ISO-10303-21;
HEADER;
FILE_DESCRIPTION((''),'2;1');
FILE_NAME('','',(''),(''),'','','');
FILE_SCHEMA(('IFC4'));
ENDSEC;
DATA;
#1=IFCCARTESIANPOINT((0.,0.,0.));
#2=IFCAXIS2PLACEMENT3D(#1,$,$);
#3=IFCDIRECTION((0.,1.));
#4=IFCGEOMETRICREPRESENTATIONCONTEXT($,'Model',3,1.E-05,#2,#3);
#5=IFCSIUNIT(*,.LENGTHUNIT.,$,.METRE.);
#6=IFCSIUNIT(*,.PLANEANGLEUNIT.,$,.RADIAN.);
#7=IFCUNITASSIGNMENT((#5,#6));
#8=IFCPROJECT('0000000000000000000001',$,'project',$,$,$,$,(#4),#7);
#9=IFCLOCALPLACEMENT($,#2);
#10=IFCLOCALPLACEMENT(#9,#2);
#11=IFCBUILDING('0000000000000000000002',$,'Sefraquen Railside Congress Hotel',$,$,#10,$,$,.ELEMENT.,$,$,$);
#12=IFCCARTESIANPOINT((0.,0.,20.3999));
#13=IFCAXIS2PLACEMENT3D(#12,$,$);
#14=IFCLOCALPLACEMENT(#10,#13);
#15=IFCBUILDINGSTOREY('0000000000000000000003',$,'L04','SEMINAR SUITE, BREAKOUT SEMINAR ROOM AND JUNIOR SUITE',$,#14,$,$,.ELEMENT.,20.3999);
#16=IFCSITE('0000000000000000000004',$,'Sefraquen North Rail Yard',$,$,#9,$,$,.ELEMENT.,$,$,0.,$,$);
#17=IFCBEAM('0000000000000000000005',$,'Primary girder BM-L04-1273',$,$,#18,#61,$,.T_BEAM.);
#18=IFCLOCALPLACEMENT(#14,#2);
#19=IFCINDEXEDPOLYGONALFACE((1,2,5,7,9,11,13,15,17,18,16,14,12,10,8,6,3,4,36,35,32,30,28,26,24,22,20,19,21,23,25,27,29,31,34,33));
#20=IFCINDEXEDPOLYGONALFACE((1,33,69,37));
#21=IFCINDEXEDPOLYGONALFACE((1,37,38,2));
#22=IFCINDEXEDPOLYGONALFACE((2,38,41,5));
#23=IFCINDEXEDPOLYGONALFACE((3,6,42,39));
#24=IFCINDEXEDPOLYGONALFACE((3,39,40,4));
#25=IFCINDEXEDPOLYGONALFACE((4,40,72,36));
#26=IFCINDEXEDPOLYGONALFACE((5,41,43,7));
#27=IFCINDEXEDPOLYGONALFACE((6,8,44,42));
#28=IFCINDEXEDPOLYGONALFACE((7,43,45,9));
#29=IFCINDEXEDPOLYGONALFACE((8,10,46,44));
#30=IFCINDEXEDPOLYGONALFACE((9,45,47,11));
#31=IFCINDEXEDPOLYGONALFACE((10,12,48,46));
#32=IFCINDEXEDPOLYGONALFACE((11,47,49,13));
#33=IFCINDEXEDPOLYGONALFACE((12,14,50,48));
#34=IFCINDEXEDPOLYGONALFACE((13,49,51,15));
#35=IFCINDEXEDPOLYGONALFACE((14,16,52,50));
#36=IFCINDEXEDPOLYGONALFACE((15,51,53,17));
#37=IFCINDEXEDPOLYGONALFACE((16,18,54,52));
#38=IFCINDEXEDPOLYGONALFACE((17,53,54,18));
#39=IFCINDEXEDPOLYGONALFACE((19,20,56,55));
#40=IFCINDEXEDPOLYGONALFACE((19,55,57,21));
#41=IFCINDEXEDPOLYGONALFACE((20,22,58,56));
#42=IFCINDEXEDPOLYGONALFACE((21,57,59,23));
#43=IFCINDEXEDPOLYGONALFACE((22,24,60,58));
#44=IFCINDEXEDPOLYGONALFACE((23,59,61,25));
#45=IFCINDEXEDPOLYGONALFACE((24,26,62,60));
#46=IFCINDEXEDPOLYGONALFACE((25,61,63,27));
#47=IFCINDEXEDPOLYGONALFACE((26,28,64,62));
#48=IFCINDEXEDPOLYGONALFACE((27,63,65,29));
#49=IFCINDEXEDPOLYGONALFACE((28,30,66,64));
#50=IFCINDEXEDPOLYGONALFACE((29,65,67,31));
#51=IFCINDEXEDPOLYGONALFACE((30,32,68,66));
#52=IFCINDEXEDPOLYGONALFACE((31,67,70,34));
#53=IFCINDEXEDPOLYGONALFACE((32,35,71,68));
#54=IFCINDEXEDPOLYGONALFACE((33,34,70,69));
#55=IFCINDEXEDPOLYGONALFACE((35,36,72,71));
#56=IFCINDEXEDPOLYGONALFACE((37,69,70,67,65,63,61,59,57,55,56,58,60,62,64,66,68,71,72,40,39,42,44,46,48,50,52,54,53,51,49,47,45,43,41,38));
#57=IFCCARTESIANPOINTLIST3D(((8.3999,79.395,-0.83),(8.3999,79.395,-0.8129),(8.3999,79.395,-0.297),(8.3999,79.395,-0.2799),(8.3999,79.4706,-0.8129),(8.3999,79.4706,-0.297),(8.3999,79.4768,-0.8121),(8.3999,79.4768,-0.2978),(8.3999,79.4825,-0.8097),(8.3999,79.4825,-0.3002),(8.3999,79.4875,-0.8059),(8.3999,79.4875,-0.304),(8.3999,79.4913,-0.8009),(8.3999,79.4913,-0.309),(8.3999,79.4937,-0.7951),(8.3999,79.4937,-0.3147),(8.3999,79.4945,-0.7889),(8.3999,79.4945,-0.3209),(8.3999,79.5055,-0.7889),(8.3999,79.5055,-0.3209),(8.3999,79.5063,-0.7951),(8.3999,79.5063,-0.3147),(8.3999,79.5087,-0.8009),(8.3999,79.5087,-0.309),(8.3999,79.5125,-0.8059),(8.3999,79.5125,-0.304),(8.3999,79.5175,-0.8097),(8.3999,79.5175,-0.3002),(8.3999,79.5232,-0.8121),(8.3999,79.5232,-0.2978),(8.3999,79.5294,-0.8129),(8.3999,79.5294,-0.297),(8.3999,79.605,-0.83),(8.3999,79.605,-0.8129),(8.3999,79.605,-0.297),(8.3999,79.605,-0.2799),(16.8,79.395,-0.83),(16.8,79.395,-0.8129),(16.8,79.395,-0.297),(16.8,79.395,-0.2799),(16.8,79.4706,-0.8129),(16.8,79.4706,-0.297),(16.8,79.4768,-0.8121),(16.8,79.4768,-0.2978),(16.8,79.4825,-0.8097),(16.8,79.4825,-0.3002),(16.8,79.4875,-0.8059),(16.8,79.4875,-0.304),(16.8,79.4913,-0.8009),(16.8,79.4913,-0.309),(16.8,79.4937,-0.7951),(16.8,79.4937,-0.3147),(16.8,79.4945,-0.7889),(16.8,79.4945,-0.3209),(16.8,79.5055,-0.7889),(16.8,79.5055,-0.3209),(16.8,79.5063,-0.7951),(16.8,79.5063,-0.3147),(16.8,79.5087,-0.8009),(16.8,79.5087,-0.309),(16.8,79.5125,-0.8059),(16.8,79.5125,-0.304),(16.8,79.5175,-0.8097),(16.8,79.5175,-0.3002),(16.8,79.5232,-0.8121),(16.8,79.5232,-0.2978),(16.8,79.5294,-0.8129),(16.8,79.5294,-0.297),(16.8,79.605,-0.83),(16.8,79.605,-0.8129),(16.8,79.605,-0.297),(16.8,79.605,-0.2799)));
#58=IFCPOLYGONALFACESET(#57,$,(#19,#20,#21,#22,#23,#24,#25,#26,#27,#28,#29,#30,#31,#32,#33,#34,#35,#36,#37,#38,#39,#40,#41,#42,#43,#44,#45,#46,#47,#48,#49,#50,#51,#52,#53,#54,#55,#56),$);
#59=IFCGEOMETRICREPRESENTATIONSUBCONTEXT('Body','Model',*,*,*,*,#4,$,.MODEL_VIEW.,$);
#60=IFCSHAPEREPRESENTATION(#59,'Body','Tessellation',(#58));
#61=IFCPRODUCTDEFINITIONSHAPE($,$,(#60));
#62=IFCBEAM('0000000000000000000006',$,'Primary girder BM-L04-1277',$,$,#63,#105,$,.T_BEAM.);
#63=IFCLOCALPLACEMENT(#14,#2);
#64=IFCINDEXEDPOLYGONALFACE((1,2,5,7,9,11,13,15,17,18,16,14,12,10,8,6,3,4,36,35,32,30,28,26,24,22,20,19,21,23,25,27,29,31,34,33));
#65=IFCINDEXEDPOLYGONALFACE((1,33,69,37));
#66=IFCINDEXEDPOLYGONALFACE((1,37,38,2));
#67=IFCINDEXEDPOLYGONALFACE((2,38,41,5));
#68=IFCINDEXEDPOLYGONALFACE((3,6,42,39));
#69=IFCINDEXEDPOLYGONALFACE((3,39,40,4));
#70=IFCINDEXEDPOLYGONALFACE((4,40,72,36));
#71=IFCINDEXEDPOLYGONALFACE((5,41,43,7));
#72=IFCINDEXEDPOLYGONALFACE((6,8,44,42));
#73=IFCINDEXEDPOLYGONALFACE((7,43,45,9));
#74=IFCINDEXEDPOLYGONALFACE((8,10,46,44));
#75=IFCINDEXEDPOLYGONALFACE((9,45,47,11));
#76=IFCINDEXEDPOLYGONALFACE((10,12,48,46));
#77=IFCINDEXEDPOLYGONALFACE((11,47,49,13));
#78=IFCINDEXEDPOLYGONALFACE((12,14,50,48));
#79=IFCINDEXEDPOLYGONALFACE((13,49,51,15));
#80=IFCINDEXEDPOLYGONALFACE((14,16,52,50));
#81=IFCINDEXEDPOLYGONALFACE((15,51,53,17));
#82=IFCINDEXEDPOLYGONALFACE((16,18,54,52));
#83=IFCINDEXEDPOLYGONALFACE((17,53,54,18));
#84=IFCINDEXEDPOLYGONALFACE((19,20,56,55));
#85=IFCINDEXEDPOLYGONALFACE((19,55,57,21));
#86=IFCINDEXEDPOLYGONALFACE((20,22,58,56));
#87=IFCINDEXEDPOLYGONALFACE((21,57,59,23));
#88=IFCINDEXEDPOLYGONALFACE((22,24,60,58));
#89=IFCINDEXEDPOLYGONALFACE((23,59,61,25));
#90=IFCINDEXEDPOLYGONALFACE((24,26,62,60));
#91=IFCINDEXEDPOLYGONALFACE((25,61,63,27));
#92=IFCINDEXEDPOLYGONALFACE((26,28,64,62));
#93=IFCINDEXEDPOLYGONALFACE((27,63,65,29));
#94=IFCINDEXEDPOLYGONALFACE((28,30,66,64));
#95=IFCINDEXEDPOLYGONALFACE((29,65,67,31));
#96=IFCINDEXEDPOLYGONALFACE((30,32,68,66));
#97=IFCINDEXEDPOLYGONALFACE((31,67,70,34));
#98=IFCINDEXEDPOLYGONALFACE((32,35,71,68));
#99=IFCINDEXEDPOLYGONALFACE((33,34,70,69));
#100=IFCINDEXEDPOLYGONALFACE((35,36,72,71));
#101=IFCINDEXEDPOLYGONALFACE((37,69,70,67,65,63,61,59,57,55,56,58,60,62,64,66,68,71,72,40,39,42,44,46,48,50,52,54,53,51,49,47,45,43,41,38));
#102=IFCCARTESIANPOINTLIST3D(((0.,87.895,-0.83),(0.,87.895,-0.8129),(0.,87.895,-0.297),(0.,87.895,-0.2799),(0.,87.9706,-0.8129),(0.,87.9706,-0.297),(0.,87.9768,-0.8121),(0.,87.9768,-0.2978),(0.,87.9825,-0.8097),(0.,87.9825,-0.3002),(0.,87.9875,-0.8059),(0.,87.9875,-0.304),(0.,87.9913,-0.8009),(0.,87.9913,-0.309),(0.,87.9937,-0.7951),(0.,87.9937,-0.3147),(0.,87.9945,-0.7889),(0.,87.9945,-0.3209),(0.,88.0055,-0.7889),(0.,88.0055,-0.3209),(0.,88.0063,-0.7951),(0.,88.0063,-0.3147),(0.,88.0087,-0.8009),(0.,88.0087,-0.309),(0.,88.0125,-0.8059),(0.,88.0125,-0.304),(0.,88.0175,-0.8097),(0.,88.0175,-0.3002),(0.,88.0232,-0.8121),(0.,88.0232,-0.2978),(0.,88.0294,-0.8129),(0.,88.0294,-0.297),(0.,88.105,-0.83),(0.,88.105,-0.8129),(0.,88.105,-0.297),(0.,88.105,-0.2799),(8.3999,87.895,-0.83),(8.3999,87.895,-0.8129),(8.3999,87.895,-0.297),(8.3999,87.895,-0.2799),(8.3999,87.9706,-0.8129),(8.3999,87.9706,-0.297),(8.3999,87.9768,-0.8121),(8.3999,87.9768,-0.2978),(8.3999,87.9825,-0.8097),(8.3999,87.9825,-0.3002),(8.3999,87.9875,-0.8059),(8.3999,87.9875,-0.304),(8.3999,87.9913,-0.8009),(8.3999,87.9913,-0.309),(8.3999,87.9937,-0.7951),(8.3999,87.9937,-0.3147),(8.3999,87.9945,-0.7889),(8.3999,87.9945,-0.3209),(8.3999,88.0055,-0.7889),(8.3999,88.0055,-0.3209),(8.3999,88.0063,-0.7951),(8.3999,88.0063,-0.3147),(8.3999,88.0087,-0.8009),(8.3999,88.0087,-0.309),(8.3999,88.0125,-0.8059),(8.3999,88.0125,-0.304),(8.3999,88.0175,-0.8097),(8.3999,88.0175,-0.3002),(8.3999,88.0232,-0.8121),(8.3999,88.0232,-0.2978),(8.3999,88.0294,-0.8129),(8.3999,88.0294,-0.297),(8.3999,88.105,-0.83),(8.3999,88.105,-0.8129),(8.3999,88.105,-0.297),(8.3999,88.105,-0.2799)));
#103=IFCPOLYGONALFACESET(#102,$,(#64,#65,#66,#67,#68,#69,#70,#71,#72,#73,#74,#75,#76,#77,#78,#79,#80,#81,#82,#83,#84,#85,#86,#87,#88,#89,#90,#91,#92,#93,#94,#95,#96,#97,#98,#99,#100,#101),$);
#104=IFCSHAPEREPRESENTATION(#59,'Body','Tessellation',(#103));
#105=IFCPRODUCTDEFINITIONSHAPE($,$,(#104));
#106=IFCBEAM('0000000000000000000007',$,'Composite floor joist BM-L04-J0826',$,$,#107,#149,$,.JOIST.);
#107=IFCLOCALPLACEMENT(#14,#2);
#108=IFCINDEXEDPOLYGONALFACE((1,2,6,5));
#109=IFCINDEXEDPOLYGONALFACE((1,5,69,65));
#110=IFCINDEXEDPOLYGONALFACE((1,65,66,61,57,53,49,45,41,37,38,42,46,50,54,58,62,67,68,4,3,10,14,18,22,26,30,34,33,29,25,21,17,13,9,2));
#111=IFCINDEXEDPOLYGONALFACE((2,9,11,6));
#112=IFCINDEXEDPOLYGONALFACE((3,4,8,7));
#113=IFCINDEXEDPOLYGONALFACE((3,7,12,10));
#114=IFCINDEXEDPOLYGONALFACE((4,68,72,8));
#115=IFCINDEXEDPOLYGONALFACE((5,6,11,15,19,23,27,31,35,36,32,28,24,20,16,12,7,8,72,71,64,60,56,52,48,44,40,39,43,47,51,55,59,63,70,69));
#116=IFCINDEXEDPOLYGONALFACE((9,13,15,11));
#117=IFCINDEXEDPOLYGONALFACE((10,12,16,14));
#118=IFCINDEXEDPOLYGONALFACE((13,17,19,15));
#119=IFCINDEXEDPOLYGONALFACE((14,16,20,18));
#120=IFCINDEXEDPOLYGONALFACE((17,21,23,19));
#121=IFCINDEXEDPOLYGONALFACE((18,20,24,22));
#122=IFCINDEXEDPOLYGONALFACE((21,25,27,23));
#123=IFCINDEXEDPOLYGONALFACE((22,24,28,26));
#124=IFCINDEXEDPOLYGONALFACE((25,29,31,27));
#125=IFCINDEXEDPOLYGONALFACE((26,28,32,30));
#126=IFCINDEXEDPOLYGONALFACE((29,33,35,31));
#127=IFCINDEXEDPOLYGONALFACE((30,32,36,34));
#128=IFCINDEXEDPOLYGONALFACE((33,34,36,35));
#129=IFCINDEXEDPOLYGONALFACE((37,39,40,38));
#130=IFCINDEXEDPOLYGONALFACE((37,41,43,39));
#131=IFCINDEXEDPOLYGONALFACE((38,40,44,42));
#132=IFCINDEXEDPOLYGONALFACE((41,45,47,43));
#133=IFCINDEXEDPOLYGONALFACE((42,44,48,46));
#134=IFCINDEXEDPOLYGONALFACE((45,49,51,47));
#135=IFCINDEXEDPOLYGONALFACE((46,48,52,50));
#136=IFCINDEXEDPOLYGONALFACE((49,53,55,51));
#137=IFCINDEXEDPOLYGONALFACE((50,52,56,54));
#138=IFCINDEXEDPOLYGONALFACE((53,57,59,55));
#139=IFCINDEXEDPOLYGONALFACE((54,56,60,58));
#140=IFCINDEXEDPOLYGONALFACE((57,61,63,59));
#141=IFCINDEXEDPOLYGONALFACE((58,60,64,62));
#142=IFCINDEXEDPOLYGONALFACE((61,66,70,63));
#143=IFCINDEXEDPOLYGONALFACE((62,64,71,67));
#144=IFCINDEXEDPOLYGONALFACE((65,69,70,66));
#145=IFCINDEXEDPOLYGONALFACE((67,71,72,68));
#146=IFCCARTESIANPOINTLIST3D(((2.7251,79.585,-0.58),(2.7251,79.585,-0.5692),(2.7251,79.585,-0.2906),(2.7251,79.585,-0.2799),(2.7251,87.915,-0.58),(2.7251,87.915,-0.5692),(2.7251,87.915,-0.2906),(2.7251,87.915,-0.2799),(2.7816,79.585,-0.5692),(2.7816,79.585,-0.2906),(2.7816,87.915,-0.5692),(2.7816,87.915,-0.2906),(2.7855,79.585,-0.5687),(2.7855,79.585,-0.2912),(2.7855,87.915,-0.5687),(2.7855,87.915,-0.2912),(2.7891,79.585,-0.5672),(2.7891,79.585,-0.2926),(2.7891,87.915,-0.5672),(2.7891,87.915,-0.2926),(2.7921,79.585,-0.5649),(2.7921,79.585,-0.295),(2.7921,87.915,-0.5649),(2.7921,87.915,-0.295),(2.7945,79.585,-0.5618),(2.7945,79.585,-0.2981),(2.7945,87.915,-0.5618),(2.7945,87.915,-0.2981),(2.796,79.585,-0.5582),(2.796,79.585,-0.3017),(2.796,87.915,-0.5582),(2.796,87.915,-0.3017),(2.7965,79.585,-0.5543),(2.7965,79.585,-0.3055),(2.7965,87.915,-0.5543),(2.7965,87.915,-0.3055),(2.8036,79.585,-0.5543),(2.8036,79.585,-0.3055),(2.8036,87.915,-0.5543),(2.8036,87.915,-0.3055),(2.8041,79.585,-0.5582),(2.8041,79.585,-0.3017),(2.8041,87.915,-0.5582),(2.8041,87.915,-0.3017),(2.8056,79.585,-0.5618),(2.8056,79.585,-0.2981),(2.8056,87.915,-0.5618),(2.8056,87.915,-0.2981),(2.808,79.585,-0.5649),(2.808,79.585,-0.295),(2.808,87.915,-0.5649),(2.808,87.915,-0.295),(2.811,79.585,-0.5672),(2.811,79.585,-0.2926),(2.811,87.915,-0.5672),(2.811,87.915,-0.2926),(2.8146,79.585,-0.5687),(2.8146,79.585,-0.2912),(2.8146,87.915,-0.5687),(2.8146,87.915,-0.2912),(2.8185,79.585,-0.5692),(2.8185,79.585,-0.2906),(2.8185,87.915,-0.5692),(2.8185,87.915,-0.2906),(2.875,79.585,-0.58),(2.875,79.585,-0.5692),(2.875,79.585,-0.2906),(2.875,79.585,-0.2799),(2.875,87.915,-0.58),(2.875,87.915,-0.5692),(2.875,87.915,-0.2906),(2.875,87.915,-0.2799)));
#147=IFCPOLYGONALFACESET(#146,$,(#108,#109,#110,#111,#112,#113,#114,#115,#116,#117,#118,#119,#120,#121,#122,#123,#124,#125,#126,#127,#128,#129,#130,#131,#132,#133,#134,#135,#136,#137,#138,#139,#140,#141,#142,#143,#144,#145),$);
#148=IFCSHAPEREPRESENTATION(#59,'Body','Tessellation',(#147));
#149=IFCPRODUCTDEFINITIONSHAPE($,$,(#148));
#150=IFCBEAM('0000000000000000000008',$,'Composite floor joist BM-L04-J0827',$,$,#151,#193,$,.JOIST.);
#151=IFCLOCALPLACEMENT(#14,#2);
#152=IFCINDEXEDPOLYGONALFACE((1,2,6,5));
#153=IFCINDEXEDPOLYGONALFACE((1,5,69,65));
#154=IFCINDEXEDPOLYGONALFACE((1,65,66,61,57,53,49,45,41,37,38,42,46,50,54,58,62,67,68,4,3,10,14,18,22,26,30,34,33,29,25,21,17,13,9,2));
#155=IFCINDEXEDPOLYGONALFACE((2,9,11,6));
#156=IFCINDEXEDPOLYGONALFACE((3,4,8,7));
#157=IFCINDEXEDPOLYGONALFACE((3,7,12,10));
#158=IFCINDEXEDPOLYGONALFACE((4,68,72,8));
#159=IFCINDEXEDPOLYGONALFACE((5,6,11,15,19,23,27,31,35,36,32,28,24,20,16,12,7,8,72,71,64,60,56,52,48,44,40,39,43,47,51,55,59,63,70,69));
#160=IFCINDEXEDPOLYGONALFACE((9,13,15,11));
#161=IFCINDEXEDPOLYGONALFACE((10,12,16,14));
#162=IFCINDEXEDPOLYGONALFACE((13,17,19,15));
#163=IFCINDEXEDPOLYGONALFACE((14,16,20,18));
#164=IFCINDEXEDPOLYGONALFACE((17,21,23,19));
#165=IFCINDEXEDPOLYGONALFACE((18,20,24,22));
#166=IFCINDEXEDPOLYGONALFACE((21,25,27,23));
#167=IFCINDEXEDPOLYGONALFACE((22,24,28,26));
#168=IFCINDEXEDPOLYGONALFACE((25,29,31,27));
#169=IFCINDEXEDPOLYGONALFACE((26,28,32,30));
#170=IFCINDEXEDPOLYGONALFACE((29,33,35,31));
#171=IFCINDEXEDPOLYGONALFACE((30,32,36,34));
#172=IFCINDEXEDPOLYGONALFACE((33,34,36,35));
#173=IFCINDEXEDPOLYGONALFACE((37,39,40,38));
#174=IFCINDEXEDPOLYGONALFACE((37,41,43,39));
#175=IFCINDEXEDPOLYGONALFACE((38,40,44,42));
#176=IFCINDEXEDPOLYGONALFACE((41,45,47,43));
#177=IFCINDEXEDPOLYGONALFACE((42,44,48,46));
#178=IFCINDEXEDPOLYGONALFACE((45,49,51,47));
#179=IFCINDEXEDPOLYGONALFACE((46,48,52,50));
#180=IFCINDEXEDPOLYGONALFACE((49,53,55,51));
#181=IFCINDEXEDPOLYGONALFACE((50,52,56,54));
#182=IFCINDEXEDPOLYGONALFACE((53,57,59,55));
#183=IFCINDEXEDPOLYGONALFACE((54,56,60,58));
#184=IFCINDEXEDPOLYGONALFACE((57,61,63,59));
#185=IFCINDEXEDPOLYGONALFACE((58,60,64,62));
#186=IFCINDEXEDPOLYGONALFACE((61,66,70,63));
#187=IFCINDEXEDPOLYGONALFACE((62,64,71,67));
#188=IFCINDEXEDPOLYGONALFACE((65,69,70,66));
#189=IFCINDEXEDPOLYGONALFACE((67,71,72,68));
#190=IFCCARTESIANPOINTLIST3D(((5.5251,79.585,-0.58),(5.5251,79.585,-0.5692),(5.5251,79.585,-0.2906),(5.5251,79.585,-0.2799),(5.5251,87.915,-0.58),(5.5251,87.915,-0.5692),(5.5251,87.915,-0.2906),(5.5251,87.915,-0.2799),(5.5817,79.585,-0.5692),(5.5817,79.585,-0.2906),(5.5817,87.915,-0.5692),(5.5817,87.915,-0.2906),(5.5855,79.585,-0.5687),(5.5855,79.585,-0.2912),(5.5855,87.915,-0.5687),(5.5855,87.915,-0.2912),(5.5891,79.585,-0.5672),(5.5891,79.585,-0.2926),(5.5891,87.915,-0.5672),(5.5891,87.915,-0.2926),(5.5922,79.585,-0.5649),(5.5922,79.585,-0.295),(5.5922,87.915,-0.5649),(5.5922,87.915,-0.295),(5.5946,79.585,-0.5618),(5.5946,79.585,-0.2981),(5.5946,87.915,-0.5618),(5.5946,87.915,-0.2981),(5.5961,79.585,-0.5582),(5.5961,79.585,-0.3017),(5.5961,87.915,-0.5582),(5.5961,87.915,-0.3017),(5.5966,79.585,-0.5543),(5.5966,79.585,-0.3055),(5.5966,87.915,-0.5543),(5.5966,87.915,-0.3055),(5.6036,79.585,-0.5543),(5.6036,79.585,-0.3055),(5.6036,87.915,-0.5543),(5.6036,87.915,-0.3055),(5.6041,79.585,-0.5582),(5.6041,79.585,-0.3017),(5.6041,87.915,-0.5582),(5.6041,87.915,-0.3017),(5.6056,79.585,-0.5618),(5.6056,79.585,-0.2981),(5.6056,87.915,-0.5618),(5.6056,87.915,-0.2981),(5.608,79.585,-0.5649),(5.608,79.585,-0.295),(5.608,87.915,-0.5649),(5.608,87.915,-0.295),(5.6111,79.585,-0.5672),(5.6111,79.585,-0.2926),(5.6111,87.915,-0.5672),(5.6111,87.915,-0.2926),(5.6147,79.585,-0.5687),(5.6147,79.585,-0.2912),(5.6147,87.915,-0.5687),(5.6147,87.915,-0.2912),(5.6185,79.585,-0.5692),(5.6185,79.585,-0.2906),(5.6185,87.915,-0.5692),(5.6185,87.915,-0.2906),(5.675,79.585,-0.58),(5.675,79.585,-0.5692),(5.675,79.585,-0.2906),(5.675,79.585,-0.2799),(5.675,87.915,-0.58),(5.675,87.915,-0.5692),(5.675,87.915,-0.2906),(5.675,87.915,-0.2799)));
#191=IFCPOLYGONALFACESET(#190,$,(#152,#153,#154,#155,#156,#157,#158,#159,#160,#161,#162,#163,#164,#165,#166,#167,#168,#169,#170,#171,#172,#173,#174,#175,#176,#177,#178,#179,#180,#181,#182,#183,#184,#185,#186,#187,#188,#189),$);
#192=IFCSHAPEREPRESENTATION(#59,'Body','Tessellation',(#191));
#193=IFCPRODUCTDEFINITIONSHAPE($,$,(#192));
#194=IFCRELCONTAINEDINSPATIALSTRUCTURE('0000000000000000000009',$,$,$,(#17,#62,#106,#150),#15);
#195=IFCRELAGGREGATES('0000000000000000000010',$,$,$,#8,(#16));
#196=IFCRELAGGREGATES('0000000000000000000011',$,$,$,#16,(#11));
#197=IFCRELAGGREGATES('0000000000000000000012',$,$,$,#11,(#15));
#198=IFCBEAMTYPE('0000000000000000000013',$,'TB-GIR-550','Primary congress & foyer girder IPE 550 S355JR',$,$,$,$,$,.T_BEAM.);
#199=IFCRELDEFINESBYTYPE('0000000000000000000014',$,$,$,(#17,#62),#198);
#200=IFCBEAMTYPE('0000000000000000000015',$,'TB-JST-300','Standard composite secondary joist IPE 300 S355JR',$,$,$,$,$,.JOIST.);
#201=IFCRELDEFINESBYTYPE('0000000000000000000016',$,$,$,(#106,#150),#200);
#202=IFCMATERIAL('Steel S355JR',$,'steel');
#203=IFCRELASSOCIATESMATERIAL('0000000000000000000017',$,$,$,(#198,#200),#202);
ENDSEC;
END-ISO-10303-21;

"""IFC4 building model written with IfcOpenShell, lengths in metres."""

from ifc_helpers import new_model, si_unit, direction, frame, origin, origin_2d, place, context, subcontext, project, spatial, i_section, extrude, material, material_profile, profile_set, type_object, element, save


model = new_model("IFC4")

# Units and contexts
model_context = context("Model", 3, precision=1e-05, world=origin(), true_north=direction((0.0, 1.0)))
body_context = subcontext(model_context, "Body", "Model", "MODEL_VIEW")
ifc_project = project(units=[si_unit("LENGTHUNIT", "METRE"), si_unit("PLANEANGLEUNIT", "RADIAN")], contexts=[model_context])

# Site, building, storey
site_placement = place(None, origin())
site = spatial("IfcSite", under=ifc_project, at=site_placement, Name="Sefraquen North Rail Yard", CompositionType="ELEMENT", RefElevation=0.0)
building_placement = place(site_placement, origin())
building = spatial("IfcBuilding", under=site, at=building_placement, Name="Sefraquen Railside Congress Hotel", CompositionType="ELEMENT")
storey_placement = place(building_placement, frame((0.0, 0.0, 20.3999)))
storey = spatial("IfcBuildingStorey", under=building, at=storey_placement, Name="L04", Description="SEMINAR SUITE, BREAKOUT SEMINAR ROOM AND JUNIOR SUITE", CompositionType="ELEMENT", Elevation=20.3999)

# Shared definitions
ifc_material_1 = material(Name="Steel S355JR", Category="steel")

# Beams
ifc_material_profile_1 = material_profile(ifc_material_1, i_section(OverallWidth=0.21, OverallDepth=0.55, WebThickness=0.011, FlangeThickness=0.0171, FilletRadius=0.0239, at=origin_2d()), Name="IPE 550")
ifc_profile_set_1 = profile_set([ifc_material_profile_1], Name="Steel S355JR")
beam_type_1 = type_object("IfcBeamType", Name="TB-GIR-550", Description="Primary congress & foyer girder IPE 550 S355JR", PredefinedType="T_BEAM", material=ifc_profile_set_1)
beam_1_placement = place(storey_placement, frame((8.3999, 79.5, -0.5549), z_axis=(1.0, 0.0, 0.0), x_axis=(0.0, 1.0, 0.0)))
element("IfcBeam", 1, at=beam_1_placement, inside=storey, type_object=beam_type_1, Name="Primary girder BM-L04-1273", PredefinedType="T_BEAM", context=body_context, shape_type="SweptSolid", body=[
    extrude(i_section(OverallWidth=0.21, OverallDepth=0.55, WebThickness=0.011, FlangeThickness=0.0171, FilletRadius=0.0239, at=origin_2d()), origin(), (0.0, 0.0, 1.0), 8.4001),
])
beam_2_placement = place(storey_placement, frame((0.0, 88.0, -0.5549), z_axis=(1.0, 0.0, 0.0), x_axis=(0.0, 1.0, 0.0)))
element("IfcBeam", 2, at=beam_2_placement, inside=storey, type_object=beam_type_1, Name="Primary girder BM-L04-1277", PredefinedType="T_BEAM", context=body_context, shape_type="SweptSolid", body=[
    extrude(i_section(OverallWidth=0.21, OverallDepth=0.55, WebThickness=0.011, FlangeThickness=0.0171, FilletRadius=0.0239, at=origin_2d()), origin(), (0.0, 0.0, 1.0), 8.3999),
])
ifc_material_profile_2 = material_profile(ifc_material_1, i_section(OverallWidth=0.1499, OverallDepth=0.3, WebThickness=0.0071, FlangeThickness=0.0107, FilletRadius=0.0149, at=origin_2d()), Name="IPE 300")
ifc_profile_set_2 = profile_set([ifc_material_profile_2], Name="Steel S355JR")
beam_type_2 = type_object("IfcBeamType", Name="TB-JST-300", Description="Standard composite secondary joist IPE 300 S355JR", PredefinedType="JOIST", material=ifc_profile_set_2)
for number, where, z_axis, x_axis, name in (
    (3, (2.8, 79.585, -0.4299), (0.0, 1.0, 0.0), (-1.0, 0.0, 0.0), "Composite floor joist BM-L04-J0826"),
    (4, (5.6001, 79.585, -0.4299), (0.0, 1.0, 0.0), (-1.0, 0.0, 0.0), "Composite floor joist BM-L04-J0827"),
):
    element("IfcBeam", number, at=place(storey_placement, frame(where, z_axis=z_axis, x_axis=x_axis)), inside=storey, type_object=beam_type_2, Name=name, PredefinedType="JOIST", context=body_context, shape_type="SweptSolid", body=[
        extrude(i_section(OverallWidth=0.1499, OverallDepth=0.3, WebThickness=0.0071, FlangeThickness=0.0107, FilletRadius=0.0149, at=origin_2d()), origin(), (0.0, 0.0, 1.0), 8.3301),
    ])

save(model, "model.ifc")
